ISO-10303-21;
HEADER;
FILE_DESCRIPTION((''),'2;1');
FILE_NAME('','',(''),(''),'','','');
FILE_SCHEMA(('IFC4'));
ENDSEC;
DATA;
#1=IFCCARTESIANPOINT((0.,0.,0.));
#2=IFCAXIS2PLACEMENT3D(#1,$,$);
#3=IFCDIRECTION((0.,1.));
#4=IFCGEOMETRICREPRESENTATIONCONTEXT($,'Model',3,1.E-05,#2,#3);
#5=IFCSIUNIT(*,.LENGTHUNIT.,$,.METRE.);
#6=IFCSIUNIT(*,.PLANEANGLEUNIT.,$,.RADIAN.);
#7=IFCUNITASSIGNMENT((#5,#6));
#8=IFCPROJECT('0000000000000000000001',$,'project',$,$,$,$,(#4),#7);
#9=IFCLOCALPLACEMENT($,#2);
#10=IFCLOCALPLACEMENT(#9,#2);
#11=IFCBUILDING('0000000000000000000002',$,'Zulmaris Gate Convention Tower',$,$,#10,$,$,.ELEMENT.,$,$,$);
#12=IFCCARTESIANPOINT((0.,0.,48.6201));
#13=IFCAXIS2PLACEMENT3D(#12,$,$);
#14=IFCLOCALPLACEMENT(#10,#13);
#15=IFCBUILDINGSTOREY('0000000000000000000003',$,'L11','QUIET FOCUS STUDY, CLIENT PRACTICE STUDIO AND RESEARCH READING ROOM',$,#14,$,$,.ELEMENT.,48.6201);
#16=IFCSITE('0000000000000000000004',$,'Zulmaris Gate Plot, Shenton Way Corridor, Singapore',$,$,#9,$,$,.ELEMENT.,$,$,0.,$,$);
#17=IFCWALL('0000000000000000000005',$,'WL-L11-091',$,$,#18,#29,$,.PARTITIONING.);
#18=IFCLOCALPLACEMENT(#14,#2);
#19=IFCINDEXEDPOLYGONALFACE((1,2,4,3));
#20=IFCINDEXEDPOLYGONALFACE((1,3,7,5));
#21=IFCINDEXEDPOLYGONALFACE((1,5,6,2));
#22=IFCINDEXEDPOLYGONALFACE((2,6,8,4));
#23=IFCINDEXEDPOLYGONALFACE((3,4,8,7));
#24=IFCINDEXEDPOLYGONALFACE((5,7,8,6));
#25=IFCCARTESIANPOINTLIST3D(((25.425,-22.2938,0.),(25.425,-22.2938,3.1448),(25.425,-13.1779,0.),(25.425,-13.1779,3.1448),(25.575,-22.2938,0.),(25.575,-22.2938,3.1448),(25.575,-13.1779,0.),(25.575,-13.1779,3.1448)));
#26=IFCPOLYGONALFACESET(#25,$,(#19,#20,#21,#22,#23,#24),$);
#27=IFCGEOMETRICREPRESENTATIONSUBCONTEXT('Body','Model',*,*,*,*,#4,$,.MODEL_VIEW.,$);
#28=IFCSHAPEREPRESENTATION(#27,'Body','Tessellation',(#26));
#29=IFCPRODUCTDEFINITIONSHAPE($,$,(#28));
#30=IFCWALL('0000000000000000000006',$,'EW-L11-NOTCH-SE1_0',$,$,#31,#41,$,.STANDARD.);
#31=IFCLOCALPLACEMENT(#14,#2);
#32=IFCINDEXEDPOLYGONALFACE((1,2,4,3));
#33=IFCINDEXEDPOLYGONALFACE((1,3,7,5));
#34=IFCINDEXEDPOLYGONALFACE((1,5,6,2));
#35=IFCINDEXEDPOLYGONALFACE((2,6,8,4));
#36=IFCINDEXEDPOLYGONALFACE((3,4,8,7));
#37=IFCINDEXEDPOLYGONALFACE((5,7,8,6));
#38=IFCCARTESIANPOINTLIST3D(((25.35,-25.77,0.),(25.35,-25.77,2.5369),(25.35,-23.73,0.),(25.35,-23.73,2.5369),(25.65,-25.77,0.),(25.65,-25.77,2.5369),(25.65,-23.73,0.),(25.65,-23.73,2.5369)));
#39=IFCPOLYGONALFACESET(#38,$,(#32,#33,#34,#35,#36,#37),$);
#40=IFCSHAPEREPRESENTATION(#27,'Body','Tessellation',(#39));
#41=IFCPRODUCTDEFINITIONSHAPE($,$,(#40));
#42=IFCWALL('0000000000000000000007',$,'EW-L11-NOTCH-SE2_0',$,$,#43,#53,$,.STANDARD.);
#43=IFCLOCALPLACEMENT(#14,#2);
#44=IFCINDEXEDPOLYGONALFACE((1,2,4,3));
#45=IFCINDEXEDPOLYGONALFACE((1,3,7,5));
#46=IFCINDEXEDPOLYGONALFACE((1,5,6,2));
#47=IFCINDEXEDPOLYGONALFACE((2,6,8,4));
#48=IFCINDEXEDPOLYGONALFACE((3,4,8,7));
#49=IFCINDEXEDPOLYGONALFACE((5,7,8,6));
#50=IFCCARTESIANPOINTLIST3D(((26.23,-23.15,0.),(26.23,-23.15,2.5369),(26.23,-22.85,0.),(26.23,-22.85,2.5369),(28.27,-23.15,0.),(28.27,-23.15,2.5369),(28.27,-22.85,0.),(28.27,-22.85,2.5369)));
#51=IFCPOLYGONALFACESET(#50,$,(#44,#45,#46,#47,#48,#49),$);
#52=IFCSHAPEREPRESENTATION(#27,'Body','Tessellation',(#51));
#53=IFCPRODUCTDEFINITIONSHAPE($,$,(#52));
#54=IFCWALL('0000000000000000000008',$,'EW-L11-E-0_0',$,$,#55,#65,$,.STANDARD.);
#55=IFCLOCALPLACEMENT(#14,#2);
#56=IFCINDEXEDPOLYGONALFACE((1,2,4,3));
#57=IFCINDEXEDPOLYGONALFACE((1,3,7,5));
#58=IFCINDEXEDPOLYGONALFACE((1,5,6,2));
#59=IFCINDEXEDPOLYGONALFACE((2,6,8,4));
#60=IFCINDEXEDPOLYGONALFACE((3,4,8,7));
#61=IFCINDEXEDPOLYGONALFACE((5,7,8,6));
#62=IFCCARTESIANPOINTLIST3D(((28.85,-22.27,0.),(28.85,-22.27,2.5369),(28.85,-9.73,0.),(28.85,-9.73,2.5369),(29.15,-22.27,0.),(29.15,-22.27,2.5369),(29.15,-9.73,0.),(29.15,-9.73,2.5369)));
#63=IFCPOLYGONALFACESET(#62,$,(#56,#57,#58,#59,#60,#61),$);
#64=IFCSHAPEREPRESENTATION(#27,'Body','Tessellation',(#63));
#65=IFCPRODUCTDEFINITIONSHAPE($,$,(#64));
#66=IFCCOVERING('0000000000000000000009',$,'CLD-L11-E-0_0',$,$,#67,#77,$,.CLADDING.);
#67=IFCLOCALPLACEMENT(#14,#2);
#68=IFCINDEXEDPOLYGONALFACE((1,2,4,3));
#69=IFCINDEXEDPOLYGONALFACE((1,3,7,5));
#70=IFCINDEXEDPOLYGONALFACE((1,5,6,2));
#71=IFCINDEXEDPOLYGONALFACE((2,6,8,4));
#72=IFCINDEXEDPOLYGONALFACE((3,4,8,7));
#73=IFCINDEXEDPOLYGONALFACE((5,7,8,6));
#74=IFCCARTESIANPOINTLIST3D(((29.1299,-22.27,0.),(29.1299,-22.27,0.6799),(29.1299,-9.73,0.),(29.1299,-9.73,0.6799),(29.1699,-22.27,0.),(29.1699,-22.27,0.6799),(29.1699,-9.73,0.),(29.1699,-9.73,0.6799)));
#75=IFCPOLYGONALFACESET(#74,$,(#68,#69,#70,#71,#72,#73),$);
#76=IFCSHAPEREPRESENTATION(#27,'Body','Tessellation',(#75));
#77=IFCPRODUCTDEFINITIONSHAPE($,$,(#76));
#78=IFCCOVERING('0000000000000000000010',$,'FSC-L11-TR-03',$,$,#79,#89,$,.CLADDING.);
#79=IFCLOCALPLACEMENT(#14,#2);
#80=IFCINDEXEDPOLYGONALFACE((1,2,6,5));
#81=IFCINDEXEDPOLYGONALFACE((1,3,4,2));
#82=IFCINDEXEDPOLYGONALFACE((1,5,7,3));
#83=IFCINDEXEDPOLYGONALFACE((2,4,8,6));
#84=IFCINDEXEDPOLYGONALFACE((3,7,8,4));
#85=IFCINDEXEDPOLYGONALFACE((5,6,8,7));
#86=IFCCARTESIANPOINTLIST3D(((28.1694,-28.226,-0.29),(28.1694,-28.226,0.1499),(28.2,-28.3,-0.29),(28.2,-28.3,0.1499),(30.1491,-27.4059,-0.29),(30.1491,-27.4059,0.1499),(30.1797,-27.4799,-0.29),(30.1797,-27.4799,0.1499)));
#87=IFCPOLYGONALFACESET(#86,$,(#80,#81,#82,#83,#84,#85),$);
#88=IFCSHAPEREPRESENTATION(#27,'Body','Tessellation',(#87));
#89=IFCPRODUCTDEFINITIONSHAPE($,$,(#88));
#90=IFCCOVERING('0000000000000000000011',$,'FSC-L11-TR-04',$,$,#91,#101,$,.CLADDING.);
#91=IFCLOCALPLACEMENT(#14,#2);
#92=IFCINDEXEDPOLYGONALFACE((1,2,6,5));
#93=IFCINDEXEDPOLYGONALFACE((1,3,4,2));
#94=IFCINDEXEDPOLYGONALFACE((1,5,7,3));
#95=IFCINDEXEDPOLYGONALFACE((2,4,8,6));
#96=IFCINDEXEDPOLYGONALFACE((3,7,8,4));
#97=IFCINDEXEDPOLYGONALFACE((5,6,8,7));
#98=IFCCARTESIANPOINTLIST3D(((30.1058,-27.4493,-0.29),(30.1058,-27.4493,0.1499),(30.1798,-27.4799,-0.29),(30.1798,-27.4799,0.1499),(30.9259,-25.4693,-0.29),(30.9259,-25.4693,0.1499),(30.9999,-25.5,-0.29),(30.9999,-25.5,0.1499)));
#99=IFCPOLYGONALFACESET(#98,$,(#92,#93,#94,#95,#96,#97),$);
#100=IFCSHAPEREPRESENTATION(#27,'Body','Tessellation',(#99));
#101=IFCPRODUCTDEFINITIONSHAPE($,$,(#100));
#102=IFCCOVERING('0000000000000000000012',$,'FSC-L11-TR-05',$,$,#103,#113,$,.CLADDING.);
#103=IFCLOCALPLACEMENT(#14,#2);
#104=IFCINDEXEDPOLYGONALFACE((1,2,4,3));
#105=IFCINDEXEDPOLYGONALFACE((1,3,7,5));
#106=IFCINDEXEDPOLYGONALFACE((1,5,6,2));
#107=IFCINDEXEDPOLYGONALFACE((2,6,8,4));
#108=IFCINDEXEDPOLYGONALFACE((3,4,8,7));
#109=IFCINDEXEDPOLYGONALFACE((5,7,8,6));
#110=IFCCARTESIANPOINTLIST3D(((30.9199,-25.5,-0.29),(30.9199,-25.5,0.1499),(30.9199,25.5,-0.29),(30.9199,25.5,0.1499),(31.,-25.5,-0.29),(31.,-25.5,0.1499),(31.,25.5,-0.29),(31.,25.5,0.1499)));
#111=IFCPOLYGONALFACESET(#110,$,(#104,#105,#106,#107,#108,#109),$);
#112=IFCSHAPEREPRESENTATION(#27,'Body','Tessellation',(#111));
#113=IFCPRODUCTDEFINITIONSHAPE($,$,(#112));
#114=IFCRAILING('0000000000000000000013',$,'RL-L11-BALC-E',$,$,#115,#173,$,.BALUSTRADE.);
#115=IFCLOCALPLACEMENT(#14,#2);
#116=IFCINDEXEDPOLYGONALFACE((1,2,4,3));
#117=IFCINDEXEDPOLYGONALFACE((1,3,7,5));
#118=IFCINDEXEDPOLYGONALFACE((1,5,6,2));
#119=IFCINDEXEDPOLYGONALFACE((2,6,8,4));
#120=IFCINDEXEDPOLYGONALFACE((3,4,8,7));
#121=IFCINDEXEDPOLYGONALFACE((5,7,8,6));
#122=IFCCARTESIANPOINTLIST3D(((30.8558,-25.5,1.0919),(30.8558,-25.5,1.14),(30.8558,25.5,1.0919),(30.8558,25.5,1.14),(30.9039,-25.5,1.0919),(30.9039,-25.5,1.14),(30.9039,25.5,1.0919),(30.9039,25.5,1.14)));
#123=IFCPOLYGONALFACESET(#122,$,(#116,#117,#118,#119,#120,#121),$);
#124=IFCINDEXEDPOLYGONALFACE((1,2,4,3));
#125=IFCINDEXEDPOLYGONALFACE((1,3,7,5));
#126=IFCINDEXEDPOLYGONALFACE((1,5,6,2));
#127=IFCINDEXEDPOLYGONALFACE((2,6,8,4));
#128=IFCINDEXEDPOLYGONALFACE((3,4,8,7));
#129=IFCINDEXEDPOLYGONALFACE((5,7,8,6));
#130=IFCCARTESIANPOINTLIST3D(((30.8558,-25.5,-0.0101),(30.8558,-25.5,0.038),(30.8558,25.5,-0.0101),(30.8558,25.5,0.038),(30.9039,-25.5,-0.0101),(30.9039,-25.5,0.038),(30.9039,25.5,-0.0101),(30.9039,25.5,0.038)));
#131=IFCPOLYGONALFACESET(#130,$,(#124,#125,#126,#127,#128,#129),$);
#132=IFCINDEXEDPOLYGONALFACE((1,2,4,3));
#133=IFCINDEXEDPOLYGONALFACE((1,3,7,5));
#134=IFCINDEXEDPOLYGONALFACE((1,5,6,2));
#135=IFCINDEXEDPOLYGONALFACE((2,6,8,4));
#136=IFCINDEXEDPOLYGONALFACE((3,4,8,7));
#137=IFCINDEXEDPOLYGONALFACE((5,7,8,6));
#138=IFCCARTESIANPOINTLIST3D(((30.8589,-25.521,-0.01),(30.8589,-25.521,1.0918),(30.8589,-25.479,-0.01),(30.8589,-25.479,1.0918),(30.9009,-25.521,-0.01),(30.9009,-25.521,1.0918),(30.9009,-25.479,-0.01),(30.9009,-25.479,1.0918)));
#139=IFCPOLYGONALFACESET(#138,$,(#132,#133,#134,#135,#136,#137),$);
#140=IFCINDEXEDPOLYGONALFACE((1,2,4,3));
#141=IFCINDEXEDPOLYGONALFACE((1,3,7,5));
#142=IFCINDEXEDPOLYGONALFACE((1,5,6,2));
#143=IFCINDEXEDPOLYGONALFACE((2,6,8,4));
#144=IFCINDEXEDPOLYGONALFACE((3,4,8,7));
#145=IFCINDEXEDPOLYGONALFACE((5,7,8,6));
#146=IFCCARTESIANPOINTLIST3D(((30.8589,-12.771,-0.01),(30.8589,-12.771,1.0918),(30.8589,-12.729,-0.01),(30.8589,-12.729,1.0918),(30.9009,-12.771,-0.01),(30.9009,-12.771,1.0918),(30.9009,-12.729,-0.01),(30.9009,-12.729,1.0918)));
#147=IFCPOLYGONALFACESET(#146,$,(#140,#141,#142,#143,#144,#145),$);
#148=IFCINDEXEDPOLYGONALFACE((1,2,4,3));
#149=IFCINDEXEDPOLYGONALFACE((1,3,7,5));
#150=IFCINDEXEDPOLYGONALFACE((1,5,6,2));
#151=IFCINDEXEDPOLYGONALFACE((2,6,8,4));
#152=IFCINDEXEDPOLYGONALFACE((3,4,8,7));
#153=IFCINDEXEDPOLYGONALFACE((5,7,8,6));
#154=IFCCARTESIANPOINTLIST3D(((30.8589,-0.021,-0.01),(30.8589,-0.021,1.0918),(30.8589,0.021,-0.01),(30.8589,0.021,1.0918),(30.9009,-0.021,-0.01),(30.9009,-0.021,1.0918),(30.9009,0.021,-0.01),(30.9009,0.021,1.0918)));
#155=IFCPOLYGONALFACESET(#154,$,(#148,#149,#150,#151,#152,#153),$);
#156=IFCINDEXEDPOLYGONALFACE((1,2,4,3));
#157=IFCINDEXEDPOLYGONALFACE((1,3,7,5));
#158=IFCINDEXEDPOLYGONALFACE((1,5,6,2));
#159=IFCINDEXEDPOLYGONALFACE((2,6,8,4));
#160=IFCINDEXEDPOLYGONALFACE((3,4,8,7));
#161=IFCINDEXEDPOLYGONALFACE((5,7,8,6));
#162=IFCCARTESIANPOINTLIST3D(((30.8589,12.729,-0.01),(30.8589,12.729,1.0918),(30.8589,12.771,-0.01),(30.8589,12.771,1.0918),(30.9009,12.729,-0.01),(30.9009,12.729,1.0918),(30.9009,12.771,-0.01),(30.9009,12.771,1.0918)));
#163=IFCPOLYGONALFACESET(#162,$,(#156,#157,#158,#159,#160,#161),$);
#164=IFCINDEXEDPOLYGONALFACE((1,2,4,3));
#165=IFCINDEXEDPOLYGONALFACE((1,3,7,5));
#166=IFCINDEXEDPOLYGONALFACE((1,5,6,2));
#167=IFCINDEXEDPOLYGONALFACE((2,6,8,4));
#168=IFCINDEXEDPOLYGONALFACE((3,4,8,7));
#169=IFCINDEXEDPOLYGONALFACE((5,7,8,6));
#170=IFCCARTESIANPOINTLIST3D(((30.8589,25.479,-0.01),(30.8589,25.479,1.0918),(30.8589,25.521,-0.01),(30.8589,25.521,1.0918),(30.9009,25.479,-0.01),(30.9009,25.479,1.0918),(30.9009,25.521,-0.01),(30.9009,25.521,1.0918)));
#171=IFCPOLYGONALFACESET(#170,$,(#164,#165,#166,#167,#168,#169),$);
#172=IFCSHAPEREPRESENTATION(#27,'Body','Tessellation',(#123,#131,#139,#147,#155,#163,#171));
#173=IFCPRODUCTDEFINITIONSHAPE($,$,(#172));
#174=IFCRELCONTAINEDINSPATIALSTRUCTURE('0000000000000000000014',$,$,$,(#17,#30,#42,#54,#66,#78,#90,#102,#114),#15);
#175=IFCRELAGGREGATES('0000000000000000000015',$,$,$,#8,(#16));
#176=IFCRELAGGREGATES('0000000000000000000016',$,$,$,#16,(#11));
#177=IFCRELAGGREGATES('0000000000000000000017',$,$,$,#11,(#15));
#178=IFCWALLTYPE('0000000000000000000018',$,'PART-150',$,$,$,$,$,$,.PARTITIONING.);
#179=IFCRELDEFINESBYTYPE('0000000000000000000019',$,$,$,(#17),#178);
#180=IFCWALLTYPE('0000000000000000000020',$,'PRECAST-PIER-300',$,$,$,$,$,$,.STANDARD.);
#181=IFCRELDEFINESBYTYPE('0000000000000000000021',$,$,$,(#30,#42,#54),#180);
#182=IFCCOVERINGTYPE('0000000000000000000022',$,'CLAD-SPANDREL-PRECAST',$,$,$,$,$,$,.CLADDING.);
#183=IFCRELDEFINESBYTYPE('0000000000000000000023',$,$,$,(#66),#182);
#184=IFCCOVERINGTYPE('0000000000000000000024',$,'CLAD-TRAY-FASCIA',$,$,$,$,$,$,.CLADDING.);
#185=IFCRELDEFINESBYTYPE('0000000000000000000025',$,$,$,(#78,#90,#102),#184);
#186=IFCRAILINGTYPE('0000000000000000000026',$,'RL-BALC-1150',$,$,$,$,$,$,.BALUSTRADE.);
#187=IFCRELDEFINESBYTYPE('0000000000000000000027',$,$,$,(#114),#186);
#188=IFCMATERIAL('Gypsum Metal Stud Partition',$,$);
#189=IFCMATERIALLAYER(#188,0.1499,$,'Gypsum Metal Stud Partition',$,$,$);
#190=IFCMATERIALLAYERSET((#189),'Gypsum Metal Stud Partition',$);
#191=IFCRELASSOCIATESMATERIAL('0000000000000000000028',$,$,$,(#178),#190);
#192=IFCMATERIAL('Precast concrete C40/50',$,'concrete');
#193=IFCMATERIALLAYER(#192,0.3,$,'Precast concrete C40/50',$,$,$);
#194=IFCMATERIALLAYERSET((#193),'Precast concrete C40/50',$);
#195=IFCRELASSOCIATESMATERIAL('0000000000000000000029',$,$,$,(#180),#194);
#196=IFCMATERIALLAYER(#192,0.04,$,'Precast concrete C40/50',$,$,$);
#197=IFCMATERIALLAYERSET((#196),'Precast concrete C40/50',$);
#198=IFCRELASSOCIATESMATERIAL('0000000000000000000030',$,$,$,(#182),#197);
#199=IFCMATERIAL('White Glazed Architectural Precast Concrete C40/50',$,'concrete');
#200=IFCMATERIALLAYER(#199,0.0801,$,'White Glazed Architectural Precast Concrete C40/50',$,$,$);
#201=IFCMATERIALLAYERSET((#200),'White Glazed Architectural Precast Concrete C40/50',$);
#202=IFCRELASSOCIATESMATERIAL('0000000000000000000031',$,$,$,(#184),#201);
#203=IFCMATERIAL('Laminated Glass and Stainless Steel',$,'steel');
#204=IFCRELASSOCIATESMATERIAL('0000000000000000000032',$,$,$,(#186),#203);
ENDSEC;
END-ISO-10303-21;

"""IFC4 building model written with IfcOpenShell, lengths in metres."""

from ifc_helpers import new_model, si_unit, direction, frame, frame_2d, origin, origin_2d, place, context, subcontext, project, spatial, rectangle, extrude, material, layer, layer_set, type_object, element, save


model = new_model("IFC4")

# Units and contexts
model_context = context("Model", 3, precision=1e-05, world=origin(), true_north=direction((0.0, 1.0)))
body_context = subcontext(model_context, "Body", "Model", "MODEL_VIEW")
ifc_project = project(units=[si_unit("LENGTHUNIT", "METRE"), si_unit("PLANEANGLEUNIT", "RADIAN")], contexts=[model_context])

# Site, building, storey
site_placement = place(None, origin())
site = spatial("IfcSite", under=ifc_project, at=site_placement, Name="Zulmaris Gate Plot, Shenton Way Corridor, Singapore", CompositionType="ELEMENT", RefElevation=0.0)
building_placement = place(site_placement, origin())
building = spatial("IfcBuilding", under=site, at=building_placement, Name="Zulmaris Gate Convention Tower", CompositionType="ELEMENT")
storey_placement = place(building_placement, frame((0.0, 0.0, 48.6201)))
storey = spatial("IfcBuildingStorey", under=building, at=storey_placement, Name="L11", Description="QUIET FOCUS STUDY, CLIENT PRACTICE STUDIO AND RESEARCH READING ROOM", CompositionType="ELEMENT", Elevation=48.6201)

# Shared definitions
ifc_material_1 = material(Name="Gypsum Metal Stud Partition")
ifc_layer_1 = layer(ifc_material_1, 0.1499, Name="Gypsum Metal Stud Partition")
ifc_layer_set_1 = layer_set([ifc_layer_1], Name="Gypsum Metal Stud Partition")
wall_type_1 = type_object("IfcWallType", Name="PART-150", PredefinedType="PARTITIONING", material=ifc_layer_set_1)

# Walls
wall_1_placement = place(storey_placement, frame((25.5, -22.2939, 0.0), z_axis=(0.0, 0.0, 1.0), x_axis=(0.0, 1.0, 0.0)))
element("IfcWall", 1, at=wall_1_placement, inside=storey, type_object=wall_type_1, Name="WL-L11-091", PredefinedType="PARTITIONING", context=body_context, shape_type="SweptSolid", body=[
    extrude(rectangle(XDim=9.116, YDim=0.1499, at=frame_2d((4.5581, 0.0))), origin(), (0.0, 0.0, 1.0), 3.1448),
])
ifc_material_2 = material(Name="Precast concrete C40/50", Category="concrete")
ifc_layer_2 = layer(ifc_material_2, 0.3, Name="Precast concrete C40/50")
ifc_layer_set_2 = layer_set([ifc_layer_2], Name="Precast concrete C40/50")
wall_type_2 = type_object("IfcWallType", Name="PRECAST-PIER-300", PredefinedType="STANDARD", material=ifc_layer_set_2)
for number, where, z_axis, x_axis, name in (
    (2, (25.5, -25.77, 0.0), (0.0, 0.0, 1.0), (0.0, 1.0, 0.0), "EW-L11-NOTCH-SE1_0"),
    (3, (26.23, -23.0, 0.0), (0.0, 0.0, 1.0), (1.0, 0.0, 0.0), "EW-L11-NOTCH-SE2_0"),
):
    element("IfcWall", number, at=place(storey_placement, frame(where, z_axis=z_axis, x_axis=x_axis)), inside=storey, type_object=wall_type_2, Name=name, PredefinedType="STANDARD", context=body_context, shape_type="SweptSolid", body=[
        extrude(rectangle(XDim=2.04, YDim=0.3, at=frame_2d((1.02, 0.0))), origin(), (0.0, 0.0, 1.0), 2.5369),
    ])
wall_2_placement = place(storey_placement, frame((29.0, -22.27, 0.0), z_axis=(0.0, 0.0, 1.0), x_axis=(0.0, 1.0, 0.0)))
element("IfcWall", 4, at=wall_2_placement, inside=storey, type_object=wall_type_2, Name="EW-L11-E-0_0", PredefinedType="STANDARD", context=body_context, shape_type="SweptSolid", body=[
    extrude(rectangle(XDim=12.54, YDim=0.3, at=frame_2d((6.27, 0.0))), origin(), (0.0, 0.0, 1.0), 2.5369),
])

# Coverings
ifc_layer_3 = layer(ifc_material_2, 0.04, Name="Precast concrete C40/50")
ifc_layer_set_3 = layer_set([ifc_layer_3], Name="Precast concrete C40/50")
covering_type_1 = type_object("IfcCoveringType", Name="CLAD-SPANDREL-PRECAST", PredefinedType="CLADDING", material=ifc_layer_set_3)
covering_1_placement = place(storey_placement, frame((29.1499, -22.27, 0.0), z_axis=(0.0, 0.0, 1.0), x_axis=(0.0, 1.0, 0.0)))
element("IfcCovering", 5, at=covering_1_placement, inside=storey, type_object=covering_type_1, Name="CLD-L11-E-0_0", PredefinedType="CLADDING", context=body_context, shape_type="SweptSolid", body=[
    extrude(rectangle(XDim=12.54, YDim=0.04, at=frame_2d((6.27, 0.0))), origin(), (0.0, 0.0, 1.0), 0.6799),
])
ifc_material_3 = material(Name="White Glazed Architectural Precast Concrete C40/50", Category="concrete")
ifc_layer_4 = layer(ifc_material_3, 0.0801, Name="White Glazed Architectural Precast Concrete C40/50")
ifc_layer_set_4 = layer_set([ifc_layer_4], Name="White Glazed Architectural Precast Concrete C40/50")
covering_type_2 = type_object("IfcCoveringType", Name="CLAD-TRAY-FASCIA", PredefinedType="CLADDING", material=ifc_layer_set_4)
covering_2_placement = place(storey_placement, frame((28.1848, -28.2629, -0.29), z_axis=(0.0, 0.0, 1.0), x_axis=(0.923874, 0.382697, 0.0)))
element("IfcCovering", 6, at=covering_2_placement, inside=storey, type_object=covering_type_2, Name="FSC-L11-TR-03", PredefinedType="CLADDING", context=body_context, shape_type="SweptSolid", body=[
    extrude(rectangle(XDim=2.1428, YDim=0.0801, at=frame_2d((1.0713, 0.0))), origin(), (0.0, 0.0, 1.0), 0.4399),
])
covering_3_placement = place(storey_placement, frame((30.1428, -27.4646, -0.29), z_axis=(0.0, 0.0, 1.0), x_axis=(0.382657, 0.92389, 0.0)))
element("IfcCovering", 7, at=covering_3_placement, inside=storey, type_object=covering_type_2, Name="FSC-L11-TR-04", PredefinedType="CLADDING", context=body_context, shape_type="SweptSolid", body=[
    extrude(rectangle(XDim=2.1431, YDim=0.0801, at=frame_2d((1.0715, 0.0))), origin(), (0.0, 0.0, 1.0), 0.4399),
])
covering_4_placement = place(storey_placement, frame((30.96, -25.5, -0.29), z_axis=(0.0, 0.0, 1.0), x_axis=(0.0, 1.0, 0.0)))
element("IfcCovering", 8, at=covering_4_placement, inside=storey, type_object=covering_type_2, Name="FSC-L11-TR-05", PredefinedType="CLADDING", context=body_context, shape_type="SweptSolid", body=[
    extrude(rectangle(XDim=51.0, YDim=0.0801, at=frame_2d((25.5, 0.0))), origin(), (0.0, 0.0, 1.0), 0.4399),
])

# Railing
ifc_material_4 = material(Name="Laminated Glass and Stainless Steel", Category="steel")
railing_type = type_object("IfcRailingType", Name="RL-BALC-1150", PredefinedType="BALUSTRADE", material=ifc_material_4)
railing_placement = place(storey_placement, frame((30.8799, -25.5, -0.01)))
element("IfcRailing", 9, at=railing_placement, inside=storey, type_object=railing_type, Name="RL-L11-BALC-E", PredefinedType="BALUSTRADE", context=body_context, shape_type="SweptSolid", body=[
    extrude(rectangle(XDim=0.0481, YDim=0.0481, at=origin_2d()), frame((0.0, 0.0, 1.126), z_axis=(0.0, 1.0, 0.0), x_axis=(-1.0, 0.0, 0.0)), (0.0, 0.0, 1.0), 51.0),
    extrude(rectangle(XDim=0.0481, YDim=0.0481, at=origin_2d()), frame((0.0, 0.0, 0.0239), z_axis=(0.0, 1.0, 0.0), x_axis=(-1.0, 0.0, 0.0)), (0.0, 0.0, 1.0), 51.0),
    extrude(rectangle(XDim=0.042, YDim=0.042, at=origin_2d()), origin(), (0.0, 0.0, 1.0), 1.1018),
    extrude(rectangle(XDim=0.042, YDim=0.042, at=origin_2d()), frame((0.0, 12.75, 0.0)), (0.0, 0.0, 1.0), 1.1018),
    extrude(rectangle(XDim=0.042, YDim=0.042, at=origin_2d()), frame((0.0, 25.5, 0.0)), (0.0, 0.0, 1.0), 1.1018),
    extrude(rectangle(XDim=0.042, YDim=0.042, at=origin_2d()), frame((0.0, 38.25, 0.0)), (0.0, 0.0, 1.0), 1.1018),
    extrude(rectangle(XDim=0.042, YDim=0.042, at=origin_2d()), frame((0.0, 51.0, 0.0)), (0.0, 0.0, 1.0), 1.1018),
])

save(model, "model.ifc")
